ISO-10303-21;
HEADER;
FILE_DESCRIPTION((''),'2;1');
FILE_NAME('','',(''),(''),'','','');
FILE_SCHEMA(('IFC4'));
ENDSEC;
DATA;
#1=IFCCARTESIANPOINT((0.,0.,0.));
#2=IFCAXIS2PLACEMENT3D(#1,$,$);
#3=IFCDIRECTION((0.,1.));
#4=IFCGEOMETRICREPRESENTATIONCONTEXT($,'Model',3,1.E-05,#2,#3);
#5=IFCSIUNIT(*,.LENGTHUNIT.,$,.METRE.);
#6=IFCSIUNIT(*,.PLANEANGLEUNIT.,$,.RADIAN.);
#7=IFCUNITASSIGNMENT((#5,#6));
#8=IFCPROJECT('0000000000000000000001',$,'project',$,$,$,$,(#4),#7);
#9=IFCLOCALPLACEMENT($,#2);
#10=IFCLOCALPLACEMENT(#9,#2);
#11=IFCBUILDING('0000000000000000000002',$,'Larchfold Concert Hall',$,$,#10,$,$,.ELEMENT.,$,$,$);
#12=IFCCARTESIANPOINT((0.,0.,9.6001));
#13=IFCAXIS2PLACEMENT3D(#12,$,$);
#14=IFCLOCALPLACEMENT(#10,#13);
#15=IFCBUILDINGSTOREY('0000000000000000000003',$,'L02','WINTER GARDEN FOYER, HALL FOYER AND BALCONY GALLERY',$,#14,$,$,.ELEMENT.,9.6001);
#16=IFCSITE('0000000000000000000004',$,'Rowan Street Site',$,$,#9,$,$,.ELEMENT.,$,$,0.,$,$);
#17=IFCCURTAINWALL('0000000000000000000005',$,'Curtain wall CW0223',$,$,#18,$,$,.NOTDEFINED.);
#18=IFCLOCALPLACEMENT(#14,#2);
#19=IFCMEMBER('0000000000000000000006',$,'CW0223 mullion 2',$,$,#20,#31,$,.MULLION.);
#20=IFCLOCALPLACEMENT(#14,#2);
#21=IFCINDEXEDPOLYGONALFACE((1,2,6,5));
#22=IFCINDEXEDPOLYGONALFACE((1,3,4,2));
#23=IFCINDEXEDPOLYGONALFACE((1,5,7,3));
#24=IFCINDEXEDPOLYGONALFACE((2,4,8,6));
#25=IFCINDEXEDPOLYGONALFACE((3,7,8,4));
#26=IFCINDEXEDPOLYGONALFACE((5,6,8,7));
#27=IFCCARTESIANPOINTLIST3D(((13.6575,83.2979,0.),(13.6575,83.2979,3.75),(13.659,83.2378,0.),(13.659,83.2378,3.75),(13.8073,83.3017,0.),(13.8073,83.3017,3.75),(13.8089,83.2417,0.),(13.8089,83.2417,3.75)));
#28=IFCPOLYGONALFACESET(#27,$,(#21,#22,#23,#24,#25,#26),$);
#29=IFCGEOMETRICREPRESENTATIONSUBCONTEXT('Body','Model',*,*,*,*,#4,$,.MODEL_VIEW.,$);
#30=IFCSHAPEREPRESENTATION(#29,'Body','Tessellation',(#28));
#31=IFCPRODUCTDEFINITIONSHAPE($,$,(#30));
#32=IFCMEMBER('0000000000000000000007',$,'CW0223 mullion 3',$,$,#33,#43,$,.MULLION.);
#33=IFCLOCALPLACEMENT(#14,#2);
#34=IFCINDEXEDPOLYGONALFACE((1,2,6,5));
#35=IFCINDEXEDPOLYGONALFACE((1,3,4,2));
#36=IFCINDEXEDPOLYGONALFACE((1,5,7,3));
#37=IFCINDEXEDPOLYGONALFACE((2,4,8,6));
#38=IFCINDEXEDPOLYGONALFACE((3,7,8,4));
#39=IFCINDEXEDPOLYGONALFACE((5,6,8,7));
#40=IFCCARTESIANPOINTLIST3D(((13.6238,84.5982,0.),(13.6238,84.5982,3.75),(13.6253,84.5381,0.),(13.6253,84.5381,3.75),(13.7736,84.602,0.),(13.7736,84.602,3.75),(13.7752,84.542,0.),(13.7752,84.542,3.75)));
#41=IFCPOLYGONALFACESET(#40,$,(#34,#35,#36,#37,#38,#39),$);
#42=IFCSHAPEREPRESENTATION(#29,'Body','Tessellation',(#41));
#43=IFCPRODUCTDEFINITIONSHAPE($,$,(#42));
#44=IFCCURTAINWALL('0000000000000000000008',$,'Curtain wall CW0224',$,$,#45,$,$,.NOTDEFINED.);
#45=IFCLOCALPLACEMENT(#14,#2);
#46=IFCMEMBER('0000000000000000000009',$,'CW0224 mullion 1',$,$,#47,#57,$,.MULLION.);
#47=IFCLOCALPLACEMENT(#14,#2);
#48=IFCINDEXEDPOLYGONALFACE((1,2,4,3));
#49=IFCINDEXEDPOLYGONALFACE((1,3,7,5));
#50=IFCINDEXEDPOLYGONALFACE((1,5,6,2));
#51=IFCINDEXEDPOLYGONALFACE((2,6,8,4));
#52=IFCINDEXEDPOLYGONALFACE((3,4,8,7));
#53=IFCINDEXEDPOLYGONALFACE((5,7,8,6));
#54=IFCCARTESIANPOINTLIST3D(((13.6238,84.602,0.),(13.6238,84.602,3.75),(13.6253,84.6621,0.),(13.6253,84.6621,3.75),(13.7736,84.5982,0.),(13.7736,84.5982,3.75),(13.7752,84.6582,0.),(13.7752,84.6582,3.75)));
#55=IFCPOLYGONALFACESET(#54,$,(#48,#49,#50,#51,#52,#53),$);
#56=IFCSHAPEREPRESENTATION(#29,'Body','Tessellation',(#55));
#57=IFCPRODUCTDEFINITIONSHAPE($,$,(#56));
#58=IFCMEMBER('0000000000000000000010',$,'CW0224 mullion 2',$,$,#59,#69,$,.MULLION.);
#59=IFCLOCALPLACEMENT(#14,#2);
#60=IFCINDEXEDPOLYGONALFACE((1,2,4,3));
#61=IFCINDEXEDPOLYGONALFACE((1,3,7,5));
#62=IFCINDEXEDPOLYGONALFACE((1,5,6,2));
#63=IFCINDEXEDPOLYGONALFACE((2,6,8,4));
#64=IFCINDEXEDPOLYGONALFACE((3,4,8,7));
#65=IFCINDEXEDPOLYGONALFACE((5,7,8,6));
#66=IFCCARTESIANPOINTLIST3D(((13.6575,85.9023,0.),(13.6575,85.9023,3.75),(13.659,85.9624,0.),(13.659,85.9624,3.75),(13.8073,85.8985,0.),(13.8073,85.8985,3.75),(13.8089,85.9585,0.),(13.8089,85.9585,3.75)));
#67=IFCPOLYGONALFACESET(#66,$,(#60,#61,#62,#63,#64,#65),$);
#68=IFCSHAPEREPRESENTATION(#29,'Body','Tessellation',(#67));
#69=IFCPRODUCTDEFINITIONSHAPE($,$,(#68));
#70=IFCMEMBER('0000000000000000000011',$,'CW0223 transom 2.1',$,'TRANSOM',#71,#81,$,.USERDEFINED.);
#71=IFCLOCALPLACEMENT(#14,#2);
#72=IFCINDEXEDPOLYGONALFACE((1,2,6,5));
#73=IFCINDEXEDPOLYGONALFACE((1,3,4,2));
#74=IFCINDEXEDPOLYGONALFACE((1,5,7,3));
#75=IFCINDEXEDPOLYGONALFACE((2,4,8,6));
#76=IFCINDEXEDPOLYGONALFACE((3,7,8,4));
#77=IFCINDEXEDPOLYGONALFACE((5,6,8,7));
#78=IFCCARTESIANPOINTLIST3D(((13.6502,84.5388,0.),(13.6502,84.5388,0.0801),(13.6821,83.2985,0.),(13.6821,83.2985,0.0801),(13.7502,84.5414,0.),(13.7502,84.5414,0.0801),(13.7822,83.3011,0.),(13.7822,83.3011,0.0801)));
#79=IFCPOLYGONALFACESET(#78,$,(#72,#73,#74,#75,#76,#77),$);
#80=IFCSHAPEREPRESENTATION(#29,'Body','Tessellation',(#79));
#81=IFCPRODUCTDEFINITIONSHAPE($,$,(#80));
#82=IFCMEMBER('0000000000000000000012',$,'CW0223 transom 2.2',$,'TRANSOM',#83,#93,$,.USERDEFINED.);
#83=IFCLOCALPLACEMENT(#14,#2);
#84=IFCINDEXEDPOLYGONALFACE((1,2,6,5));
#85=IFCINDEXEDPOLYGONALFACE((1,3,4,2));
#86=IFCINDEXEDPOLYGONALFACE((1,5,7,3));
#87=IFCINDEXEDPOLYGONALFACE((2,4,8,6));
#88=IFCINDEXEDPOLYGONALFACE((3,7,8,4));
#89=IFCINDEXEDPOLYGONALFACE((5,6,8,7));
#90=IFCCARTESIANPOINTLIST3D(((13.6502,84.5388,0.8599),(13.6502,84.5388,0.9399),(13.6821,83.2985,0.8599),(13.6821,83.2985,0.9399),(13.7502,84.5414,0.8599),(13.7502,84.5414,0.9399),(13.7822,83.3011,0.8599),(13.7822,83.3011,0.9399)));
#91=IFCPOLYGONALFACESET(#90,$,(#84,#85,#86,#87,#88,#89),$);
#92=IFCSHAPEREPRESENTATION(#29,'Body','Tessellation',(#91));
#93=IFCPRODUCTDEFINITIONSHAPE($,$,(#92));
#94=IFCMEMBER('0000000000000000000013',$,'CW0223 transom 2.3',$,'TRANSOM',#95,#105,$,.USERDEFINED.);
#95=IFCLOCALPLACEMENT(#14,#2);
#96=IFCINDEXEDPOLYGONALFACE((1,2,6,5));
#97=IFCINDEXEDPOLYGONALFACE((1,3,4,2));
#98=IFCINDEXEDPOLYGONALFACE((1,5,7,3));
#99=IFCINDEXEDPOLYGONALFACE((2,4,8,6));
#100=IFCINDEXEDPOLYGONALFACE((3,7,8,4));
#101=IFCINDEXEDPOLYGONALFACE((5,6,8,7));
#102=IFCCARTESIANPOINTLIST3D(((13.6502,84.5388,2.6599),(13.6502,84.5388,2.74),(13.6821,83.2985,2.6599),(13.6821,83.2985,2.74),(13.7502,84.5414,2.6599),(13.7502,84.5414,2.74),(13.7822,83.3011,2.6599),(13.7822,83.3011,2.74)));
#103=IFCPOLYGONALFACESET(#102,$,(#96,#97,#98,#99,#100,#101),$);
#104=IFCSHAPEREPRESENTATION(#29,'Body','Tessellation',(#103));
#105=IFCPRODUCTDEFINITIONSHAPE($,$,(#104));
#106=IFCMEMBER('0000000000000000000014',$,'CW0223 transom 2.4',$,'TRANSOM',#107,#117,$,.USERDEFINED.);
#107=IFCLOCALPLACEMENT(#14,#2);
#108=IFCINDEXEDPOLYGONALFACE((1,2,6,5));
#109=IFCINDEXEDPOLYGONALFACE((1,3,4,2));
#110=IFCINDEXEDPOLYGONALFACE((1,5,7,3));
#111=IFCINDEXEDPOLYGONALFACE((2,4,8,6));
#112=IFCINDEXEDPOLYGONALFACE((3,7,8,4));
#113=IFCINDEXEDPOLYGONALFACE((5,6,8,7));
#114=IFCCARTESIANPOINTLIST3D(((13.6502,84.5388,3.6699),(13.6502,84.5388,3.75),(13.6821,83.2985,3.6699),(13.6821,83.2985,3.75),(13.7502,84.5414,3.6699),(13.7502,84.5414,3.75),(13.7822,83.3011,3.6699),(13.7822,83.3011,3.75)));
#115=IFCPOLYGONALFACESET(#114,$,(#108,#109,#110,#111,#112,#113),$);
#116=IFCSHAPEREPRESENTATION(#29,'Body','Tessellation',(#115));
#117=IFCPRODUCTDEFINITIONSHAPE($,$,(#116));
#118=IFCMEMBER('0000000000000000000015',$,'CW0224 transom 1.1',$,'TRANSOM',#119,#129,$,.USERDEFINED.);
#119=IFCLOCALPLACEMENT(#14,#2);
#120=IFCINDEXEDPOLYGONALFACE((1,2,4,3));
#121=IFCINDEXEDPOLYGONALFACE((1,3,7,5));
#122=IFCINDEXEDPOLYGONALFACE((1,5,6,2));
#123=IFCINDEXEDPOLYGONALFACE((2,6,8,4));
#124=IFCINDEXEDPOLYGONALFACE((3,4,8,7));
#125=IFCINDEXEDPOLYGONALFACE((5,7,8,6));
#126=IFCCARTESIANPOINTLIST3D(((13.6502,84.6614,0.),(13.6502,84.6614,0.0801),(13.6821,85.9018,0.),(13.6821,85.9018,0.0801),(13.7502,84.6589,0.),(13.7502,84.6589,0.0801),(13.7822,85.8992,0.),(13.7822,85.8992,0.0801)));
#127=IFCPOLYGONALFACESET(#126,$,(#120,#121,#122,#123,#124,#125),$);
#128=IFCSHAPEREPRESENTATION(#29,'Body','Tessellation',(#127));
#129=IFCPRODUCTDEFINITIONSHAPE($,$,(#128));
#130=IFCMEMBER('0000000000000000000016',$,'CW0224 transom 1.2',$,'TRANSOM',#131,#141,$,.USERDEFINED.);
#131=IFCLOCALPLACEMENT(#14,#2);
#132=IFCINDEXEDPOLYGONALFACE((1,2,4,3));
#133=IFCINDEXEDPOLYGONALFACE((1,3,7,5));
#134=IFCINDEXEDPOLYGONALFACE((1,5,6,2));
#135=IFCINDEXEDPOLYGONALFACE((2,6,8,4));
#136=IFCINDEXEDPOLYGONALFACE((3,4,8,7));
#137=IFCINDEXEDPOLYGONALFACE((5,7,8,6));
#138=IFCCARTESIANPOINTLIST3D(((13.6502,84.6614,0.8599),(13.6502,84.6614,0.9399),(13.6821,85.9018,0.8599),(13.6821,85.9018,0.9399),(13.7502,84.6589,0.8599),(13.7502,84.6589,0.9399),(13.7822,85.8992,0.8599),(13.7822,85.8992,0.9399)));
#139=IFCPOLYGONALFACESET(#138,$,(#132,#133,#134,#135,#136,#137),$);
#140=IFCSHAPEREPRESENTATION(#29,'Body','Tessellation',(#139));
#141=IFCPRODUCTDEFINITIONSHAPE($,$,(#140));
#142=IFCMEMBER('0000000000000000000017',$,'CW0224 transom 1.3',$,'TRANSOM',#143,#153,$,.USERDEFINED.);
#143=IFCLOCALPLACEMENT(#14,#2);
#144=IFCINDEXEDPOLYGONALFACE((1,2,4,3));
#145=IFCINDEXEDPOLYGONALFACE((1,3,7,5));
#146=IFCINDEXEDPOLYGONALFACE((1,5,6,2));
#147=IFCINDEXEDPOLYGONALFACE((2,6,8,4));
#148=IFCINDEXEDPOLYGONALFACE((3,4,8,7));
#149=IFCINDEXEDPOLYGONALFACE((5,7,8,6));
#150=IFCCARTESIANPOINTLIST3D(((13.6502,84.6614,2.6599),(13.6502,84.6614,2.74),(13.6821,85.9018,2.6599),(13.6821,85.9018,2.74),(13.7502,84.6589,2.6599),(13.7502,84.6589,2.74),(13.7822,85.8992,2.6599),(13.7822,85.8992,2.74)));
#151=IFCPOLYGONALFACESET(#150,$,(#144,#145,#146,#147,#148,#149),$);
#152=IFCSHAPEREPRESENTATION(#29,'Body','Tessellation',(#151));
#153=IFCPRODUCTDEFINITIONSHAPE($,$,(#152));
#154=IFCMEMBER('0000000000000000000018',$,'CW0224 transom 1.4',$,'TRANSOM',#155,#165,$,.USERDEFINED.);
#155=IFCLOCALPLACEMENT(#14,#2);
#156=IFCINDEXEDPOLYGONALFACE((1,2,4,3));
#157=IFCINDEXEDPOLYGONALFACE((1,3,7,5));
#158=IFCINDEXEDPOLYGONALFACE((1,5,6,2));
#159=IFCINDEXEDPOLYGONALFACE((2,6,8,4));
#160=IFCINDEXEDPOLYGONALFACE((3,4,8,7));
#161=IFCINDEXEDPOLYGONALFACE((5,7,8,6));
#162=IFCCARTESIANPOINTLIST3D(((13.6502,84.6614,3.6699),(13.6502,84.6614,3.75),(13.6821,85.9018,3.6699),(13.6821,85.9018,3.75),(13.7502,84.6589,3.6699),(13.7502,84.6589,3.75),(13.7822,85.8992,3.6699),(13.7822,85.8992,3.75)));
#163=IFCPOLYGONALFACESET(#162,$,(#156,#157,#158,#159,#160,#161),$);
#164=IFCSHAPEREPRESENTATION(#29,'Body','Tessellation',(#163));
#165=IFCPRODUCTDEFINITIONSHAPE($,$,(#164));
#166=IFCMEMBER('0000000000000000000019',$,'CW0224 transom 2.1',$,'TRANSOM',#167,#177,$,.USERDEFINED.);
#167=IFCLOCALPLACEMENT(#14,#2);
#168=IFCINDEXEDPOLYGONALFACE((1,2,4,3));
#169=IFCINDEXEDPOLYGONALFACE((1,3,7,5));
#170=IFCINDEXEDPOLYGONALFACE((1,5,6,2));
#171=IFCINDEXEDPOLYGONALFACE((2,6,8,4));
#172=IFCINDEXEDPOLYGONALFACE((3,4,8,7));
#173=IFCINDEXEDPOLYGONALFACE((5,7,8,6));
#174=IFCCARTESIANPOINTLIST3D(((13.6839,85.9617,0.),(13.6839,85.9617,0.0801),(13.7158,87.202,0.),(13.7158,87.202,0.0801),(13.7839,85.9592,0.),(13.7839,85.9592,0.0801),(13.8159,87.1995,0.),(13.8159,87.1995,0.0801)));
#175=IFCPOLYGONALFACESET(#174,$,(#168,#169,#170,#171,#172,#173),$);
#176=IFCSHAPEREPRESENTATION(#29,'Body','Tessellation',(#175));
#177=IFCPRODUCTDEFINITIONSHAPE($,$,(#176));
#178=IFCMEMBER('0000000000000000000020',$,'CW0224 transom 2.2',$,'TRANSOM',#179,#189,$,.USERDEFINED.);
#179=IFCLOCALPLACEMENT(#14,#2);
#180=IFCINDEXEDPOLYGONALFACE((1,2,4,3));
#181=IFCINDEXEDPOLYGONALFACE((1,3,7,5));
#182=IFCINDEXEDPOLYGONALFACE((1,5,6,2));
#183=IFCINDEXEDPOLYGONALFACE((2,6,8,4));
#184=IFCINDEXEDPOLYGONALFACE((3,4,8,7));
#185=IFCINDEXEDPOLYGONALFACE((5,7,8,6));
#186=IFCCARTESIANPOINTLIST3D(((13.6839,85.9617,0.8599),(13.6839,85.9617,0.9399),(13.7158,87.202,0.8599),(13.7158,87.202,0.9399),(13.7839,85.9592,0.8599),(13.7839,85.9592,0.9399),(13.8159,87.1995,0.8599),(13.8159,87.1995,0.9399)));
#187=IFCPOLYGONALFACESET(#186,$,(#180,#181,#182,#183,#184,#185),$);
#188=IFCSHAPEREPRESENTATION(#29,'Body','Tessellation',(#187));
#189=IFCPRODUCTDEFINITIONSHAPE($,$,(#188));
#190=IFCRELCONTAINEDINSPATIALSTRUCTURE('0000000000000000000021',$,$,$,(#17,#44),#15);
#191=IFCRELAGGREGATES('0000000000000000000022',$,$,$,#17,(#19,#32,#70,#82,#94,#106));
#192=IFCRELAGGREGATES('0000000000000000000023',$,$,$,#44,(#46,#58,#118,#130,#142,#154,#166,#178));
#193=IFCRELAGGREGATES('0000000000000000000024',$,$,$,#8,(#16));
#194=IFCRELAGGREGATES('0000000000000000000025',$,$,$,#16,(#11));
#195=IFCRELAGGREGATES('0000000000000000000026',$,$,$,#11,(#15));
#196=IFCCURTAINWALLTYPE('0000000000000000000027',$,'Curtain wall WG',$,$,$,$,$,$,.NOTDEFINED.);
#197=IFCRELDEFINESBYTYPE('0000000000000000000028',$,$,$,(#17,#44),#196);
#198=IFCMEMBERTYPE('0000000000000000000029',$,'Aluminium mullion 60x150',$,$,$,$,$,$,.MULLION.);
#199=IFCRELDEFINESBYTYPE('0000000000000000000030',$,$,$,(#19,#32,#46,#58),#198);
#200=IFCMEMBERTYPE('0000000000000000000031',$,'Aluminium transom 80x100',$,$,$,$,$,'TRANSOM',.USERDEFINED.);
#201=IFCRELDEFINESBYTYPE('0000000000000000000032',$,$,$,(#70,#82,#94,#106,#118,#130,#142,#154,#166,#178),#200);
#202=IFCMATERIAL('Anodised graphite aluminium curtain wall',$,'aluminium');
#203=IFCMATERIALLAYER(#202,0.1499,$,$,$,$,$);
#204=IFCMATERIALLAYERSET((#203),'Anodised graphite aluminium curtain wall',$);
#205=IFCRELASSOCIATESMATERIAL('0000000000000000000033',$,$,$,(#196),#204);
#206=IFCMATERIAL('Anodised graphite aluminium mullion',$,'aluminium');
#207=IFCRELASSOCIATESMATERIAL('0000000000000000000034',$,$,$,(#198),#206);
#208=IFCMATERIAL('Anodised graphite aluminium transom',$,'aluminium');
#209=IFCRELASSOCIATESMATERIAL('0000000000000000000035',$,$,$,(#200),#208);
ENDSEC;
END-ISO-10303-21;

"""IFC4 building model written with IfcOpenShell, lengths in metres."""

from ifc_helpers import new_model, si_unit, direction, frame, origin, origin_2d, place, context, subcontext, project, spatial, rectangle, extrude, material, layer, layer_set, material_profile, profile_set, type_object, element, aggregate, save


model = new_model("IFC4")

# Units and contexts
model_context = context("Model", 3, precision=1e-05, world=origin(), true_north=direction((0.0, 1.0)))
body_context = subcontext(model_context, "Body", "Model", "MODEL_VIEW")
ifc_project = project(units=[si_unit("LENGTHUNIT", "METRE"), si_unit("PLANEANGLEUNIT", "RADIAN")], contexts=[model_context])

# Site, building, storey
site_placement = place(None, origin())
site = spatial("IfcSite", under=ifc_project, at=site_placement, Name="Rowan Street Site", CompositionType="ELEMENT", RefElevation=0.0)
building_placement = place(site_placement, origin())
building = spatial("IfcBuilding", under=site, at=building_placement, Name="Larchfold Concert Hall", CompositionType="ELEMENT")
storey_placement = place(building_placement, frame((0.0, 0.0, 9.6001)))
storey = spatial("IfcBuildingStorey", under=building, at=storey_placement, Name="L02", Description="WINTER GARDEN FOYER, HALL FOYER AND BALCONY GALLERY", CompositionType="ELEMENT", Elevation=9.6001)

# Curtain walls, members
ifc_material_1 = material(Name="Anodised graphite aluminium curtain wall", Category="aluminium")
ifc_layer_1 = layer(ifc_material_1, 0.1499)
ifc_layer_set_1 = layer_set([ifc_layer_1], Name="Anodised graphite aluminium curtain wall")
curtain_wall_type = type_object("IfcCurtainWallType", Name="Curtain wall WG", PredefinedType="NOTDEFINED", material=ifc_layer_set_1)
curtain_wall_1_placement = place(storey_placement, origin())
curtain_wall_1 = element("IfcCurtainWall", 1, at=curtain_wall_1_placement, inside=storey, type_object=curtain_wall_type, Name="Curtain wall CW0223", PredefinedType="NOTDEFINED")
ifc_material_2 = material(Name="Anodised graphite aluminium mullion", Category="aluminium")
ifc_material_profile_1 = material_profile(ifc_material_2, rectangle(XDim=0.1499, YDim=0.0601, at=origin_2d()))
ifc_profile_set_1 = profile_set([ifc_material_profile_1], Name="Anodised graphite aluminium mullion")
member_type_1 = type_object("IfcMemberType", Name="Aluminium mullion 60x150", PredefinedType="MULLION", material=ifc_profile_set_1)
member_1_placement = place(storey_placement, frame((13.7332, 83.2698, 0.0), z_axis=(0.0, 0.0, 1.0), x_axis=(-0.999668, -0.025776, 0.0)))
member_1 = element("IfcMember", 2, at=member_1_placement, type_object=member_type_1, Name="CW0223 mullion 2", PredefinedType="MULLION", context=body_context, shape_type="SweptSolid", body=[
    extrude(rectangle(XDim=0.1499, YDim=0.0601, at=origin_2d()), origin(), (0.0, 0.0, 1.0), 3.75),
])
member_2_placement = place(storey_placement, frame((13.6995, 84.5701, 0.0), z_axis=(0.0, 0.0, 1.0), x_axis=(-0.999668, -0.025776, 0.0)))
member_2 = element("IfcMember", 3, at=member_2_placement, type_object=member_type_1, Name="CW0223 mullion 3", PredefinedType="MULLION", context=body_context, shape_type="SweptSolid", body=[
    extrude(rectangle(XDim=0.1499, YDim=0.0601, at=origin_2d()), origin(), (0.0, 0.0, 1.0), 3.75),
])
curtain_wall_2_placement = place(storey_placement, origin())
curtain_wall_2 = element("IfcCurtainWall", 4, at=curtain_wall_2_placement, inside=storey, type_object=curtain_wall_type, Name="Curtain wall CW0224", PredefinedType="NOTDEFINED")
member_3_placement = place(storey_placement, frame((13.6995, 84.6301, 0.0), z_axis=(0.0, 0.0, 1.0), x_axis=(-0.999668, 0.025776, 0.0)))
member_3 = element("IfcMember", 5, at=member_3_placement, type_object=member_type_1, Name="CW0224 mullion 1", PredefinedType="MULLION", context=body_context, shape_type="SweptSolid", body=[
    extrude(rectangle(XDim=0.1499, YDim=0.0601, at=origin_2d()), origin(), (0.0, 0.0, 1.0), 3.75),
])
member_4_placement = place(storey_placement, frame((13.7332, 85.9304, 0.0), z_axis=(0.0, 0.0, 1.0), x_axis=(-0.999668, 0.025776, 0.0)))
member_4 = element("IfcMember", 6, at=member_4_placement, type_object=member_type_1, Name="CW0224 mullion 2", PredefinedType="MULLION", context=body_context, shape_type="SweptSolid", body=[
    extrude(rectangle(XDim=0.1499, YDim=0.0601, at=origin_2d()), origin(), (0.0, 0.0, 1.0), 3.75),
])

# Members
ifc_material_3 = material(Name="Anodised graphite aluminium transom", Category="aluminium")
ifc_material_profile_2 = material_profile(ifc_material_3, rectangle(XDim=0.1001, YDim=0.0801, at=origin_2d()))
ifc_profile_set_2 = profile_set([ifc_material_profile_2], Name="Anodised graphite aluminium transom")
member_type_2 = type_object("IfcMemberType", Name="Aluminium transom 80x100", ElementType="TRANSOM", PredefinedType="USERDEFINED", material=ifc_profile_set_2)
member_5_placement = place(storey_placement, frame((13.7322, 83.2998, 0.04), z_axis=(-0.025779, 0.999668, 0.0), x_axis=(-0.999668, -0.025779, 0.0)))
member_5 = element("IfcMember", 7, at=member_5_placement, type_object=member_type_2, Name="CW0223 transom 2.1", ObjectType="TRANSOM", PredefinedType="USERDEFINED", context=body_context, shape_type="SweptSolid", body=[
    extrude(rectangle(XDim=0.1001, YDim=0.0801, at=origin_2d()), origin(), (0.0, 0.0, 1.0), 1.2407),
])
member_6_placement = place(storey_placement, frame((13.7322, 83.2998, 0.8999), z_axis=(-0.025779, 0.999668, 0.0), x_axis=(-0.999668, -0.025779, 0.0)))
member_6 = element("IfcMember", 8, at=member_6_placement, type_object=member_type_2, Name="CW0223 transom 2.2", ObjectType="TRANSOM", PredefinedType="USERDEFINED", context=body_context, shape_type="SweptSolid", body=[
    extrude(rectangle(XDim=0.1001, YDim=0.0801, at=origin_2d()), origin(), (0.0, 0.0, 1.0), 1.2407),
])
member_7_placement = place(storey_placement, frame((13.7322, 83.2998, 2.7), z_axis=(-0.025779, 0.999668, 0.0), x_axis=(-0.999668, -0.025779, 0.0)))
member_7 = element("IfcMember", 9, at=member_7_placement, type_object=member_type_2, Name="CW0223 transom 2.3", ObjectType="TRANSOM", PredefinedType="USERDEFINED", context=body_context, shape_type="SweptSolid", body=[
    extrude(rectangle(XDim=0.1001, YDim=0.0801, at=origin_2d()), origin(), (0.0, 0.0, 1.0), 1.2407),
])
member_8_placement = place(storey_placement, frame((13.7322, 83.2998, 3.71), z_axis=(-0.025779, 0.999668, 0.0), x_axis=(-0.999668, -0.025779, 0.0)))
member_8 = element("IfcMember", 10, at=member_8_placement, type_object=member_type_2, Name="CW0223 transom 2.4", ObjectType="TRANSOM", PredefinedType="USERDEFINED", context=body_context, shape_type="SweptSolid", body=[
    extrude(rectangle(XDim=0.1001, YDim=0.0801, at=origin_2d()), origin(), (0.0, 0.0, 1.0), 1.2407),
])
member_9_placement = place(storey_placement, frame((13.7002, 84.6602, 0.04), z_axis=(0.025779, 0.999668, 0.0), x_axis=(-0.999668, 0.025779, 0.0)))
member_9 = element("IfcMember", 11, at=member_9_placement, type_object=member_type_2, Name="CW0224 transom 1.1", ObjectType="TRANSOM", PredefinedType="USERDEFINED", context=body_context, shape_type="SweptSolid", body=[
    extrude(rectangle(XDim=0.1001, YDim=0.0801, at=origin_2d()), origin(), (0.0, 0.0, 1.0), 1.2407),
])
member_10_placement = place(storey_placement, frame((13.7002, 84.6602, 0.8999), z_axis=(0.025779, 0.999668, 0.0), x_axis=(-0.999668, 0.025779, 0.0)))
member_10 = element("IfcMember", 12, at=member_10_placement, type_object=member_type_2, Name="CW0224 transom 1.2", ObjectType="TRANSOM", PredefinedType="USERDEFINED", context=body_context, shape_type="SweptSolid", body=[
    extrude(rectangle(XDim=0.1001, YDim=0.0801, at=origin_2d()), origin(), (0.0, 0.0, 1.0), 1.2407),
])
member_11_placement = place(storey_placement, frame((13.7002, 84.6602, 2.7), z_axis=(0.025779, 0.999668, 0.0), x_axis=(-0.999668, 0.025779, 0.0)))
member_11 = element("IfcMember", 13, at=member_11_placement, type_object=member_type_2, Name="CW0224 transom 1.3", ObjectType="TRANSOM", PredefinedType="USERDEFINED", context=body_context, shape_type="SweptSolid", body=[
    extrude(rectangle(XDim=0.1001, YDim=0.0801, at=origin_2d()), origin(), (0.0, 0.0, 1.0), 1.2407),
])
member_12_placement = place(storey_placement, frame((13.7002, 84.6602, 3.71), z_axis=(0.025779, 0.999668, 0.0), x_axis=(-0.999668, 0.025779, 0.0)))
member_12 = element("IfcMember", 14, at=member_12_placement, type_object=member_type_2, Name="CW0224 transom 1.4", ObjectType="TRANSOM", PredefinedType="USERDEFINED", context=body_context, shape_type="SweptSolid", body=[
    extrude(rectangle(XDim=0.1001, YDim=0.0801, at=origin_2d()), origin(), (0.0, 0.0, 1.0), 1.2407),
])
member_13_placement = place(storey_placement, frame((13.7339, 85.9604, 0.04), z_axis=(0.025779, 0.999668, 0.0), x_axis=(-0.999668, 0.025779, 0.0)))
member_13 = element("IfcMember", 15, at=member_13_placement, type_object=member_type_2, Name="CW0224 transom 2.1", ObjectType="TRANSOM", PredefinedType="USERDEFINED", context=body_context, shape_type="SweptSolid", body=[
    extrude(rectangle(XDim=0.1001, YDim=0.0801, at=origin_2d()), origin(), (0.0, 0.0, 1.0), 1.2407),
])
member_14_placement = place(storey_placement, frame((13.7339, 85.9604, 0.8999), z_axis=(0.025779, 0.999668, 0.0), x_axis=(-0.999668, 0.025779, 0.0)))
member_14 = element("IfcMember", 16, at=member_14_placement, type_object=member_type_2, Name="CW0224 transom 2.2", ObjectType="TRANSOM", PredefinedType="USERDEFINED", context=body_context, shape_type="SweptSolid", body=[
    extrude(rectangle(XDim=0.1001, YDim=0.0801, at=origin_2d()), origin(), (0.0, 0.0, 1.0), 1.2407),
])

aggregate(curtain_wall_1, [member_1, member_2, member_5, member_6, member_7, member_8])
aggregate(curtain_wall_2, [member_3, member_4, member_9, member_10, member_11, member_12, member_13, member_14])

save(model, "model.ifc")
